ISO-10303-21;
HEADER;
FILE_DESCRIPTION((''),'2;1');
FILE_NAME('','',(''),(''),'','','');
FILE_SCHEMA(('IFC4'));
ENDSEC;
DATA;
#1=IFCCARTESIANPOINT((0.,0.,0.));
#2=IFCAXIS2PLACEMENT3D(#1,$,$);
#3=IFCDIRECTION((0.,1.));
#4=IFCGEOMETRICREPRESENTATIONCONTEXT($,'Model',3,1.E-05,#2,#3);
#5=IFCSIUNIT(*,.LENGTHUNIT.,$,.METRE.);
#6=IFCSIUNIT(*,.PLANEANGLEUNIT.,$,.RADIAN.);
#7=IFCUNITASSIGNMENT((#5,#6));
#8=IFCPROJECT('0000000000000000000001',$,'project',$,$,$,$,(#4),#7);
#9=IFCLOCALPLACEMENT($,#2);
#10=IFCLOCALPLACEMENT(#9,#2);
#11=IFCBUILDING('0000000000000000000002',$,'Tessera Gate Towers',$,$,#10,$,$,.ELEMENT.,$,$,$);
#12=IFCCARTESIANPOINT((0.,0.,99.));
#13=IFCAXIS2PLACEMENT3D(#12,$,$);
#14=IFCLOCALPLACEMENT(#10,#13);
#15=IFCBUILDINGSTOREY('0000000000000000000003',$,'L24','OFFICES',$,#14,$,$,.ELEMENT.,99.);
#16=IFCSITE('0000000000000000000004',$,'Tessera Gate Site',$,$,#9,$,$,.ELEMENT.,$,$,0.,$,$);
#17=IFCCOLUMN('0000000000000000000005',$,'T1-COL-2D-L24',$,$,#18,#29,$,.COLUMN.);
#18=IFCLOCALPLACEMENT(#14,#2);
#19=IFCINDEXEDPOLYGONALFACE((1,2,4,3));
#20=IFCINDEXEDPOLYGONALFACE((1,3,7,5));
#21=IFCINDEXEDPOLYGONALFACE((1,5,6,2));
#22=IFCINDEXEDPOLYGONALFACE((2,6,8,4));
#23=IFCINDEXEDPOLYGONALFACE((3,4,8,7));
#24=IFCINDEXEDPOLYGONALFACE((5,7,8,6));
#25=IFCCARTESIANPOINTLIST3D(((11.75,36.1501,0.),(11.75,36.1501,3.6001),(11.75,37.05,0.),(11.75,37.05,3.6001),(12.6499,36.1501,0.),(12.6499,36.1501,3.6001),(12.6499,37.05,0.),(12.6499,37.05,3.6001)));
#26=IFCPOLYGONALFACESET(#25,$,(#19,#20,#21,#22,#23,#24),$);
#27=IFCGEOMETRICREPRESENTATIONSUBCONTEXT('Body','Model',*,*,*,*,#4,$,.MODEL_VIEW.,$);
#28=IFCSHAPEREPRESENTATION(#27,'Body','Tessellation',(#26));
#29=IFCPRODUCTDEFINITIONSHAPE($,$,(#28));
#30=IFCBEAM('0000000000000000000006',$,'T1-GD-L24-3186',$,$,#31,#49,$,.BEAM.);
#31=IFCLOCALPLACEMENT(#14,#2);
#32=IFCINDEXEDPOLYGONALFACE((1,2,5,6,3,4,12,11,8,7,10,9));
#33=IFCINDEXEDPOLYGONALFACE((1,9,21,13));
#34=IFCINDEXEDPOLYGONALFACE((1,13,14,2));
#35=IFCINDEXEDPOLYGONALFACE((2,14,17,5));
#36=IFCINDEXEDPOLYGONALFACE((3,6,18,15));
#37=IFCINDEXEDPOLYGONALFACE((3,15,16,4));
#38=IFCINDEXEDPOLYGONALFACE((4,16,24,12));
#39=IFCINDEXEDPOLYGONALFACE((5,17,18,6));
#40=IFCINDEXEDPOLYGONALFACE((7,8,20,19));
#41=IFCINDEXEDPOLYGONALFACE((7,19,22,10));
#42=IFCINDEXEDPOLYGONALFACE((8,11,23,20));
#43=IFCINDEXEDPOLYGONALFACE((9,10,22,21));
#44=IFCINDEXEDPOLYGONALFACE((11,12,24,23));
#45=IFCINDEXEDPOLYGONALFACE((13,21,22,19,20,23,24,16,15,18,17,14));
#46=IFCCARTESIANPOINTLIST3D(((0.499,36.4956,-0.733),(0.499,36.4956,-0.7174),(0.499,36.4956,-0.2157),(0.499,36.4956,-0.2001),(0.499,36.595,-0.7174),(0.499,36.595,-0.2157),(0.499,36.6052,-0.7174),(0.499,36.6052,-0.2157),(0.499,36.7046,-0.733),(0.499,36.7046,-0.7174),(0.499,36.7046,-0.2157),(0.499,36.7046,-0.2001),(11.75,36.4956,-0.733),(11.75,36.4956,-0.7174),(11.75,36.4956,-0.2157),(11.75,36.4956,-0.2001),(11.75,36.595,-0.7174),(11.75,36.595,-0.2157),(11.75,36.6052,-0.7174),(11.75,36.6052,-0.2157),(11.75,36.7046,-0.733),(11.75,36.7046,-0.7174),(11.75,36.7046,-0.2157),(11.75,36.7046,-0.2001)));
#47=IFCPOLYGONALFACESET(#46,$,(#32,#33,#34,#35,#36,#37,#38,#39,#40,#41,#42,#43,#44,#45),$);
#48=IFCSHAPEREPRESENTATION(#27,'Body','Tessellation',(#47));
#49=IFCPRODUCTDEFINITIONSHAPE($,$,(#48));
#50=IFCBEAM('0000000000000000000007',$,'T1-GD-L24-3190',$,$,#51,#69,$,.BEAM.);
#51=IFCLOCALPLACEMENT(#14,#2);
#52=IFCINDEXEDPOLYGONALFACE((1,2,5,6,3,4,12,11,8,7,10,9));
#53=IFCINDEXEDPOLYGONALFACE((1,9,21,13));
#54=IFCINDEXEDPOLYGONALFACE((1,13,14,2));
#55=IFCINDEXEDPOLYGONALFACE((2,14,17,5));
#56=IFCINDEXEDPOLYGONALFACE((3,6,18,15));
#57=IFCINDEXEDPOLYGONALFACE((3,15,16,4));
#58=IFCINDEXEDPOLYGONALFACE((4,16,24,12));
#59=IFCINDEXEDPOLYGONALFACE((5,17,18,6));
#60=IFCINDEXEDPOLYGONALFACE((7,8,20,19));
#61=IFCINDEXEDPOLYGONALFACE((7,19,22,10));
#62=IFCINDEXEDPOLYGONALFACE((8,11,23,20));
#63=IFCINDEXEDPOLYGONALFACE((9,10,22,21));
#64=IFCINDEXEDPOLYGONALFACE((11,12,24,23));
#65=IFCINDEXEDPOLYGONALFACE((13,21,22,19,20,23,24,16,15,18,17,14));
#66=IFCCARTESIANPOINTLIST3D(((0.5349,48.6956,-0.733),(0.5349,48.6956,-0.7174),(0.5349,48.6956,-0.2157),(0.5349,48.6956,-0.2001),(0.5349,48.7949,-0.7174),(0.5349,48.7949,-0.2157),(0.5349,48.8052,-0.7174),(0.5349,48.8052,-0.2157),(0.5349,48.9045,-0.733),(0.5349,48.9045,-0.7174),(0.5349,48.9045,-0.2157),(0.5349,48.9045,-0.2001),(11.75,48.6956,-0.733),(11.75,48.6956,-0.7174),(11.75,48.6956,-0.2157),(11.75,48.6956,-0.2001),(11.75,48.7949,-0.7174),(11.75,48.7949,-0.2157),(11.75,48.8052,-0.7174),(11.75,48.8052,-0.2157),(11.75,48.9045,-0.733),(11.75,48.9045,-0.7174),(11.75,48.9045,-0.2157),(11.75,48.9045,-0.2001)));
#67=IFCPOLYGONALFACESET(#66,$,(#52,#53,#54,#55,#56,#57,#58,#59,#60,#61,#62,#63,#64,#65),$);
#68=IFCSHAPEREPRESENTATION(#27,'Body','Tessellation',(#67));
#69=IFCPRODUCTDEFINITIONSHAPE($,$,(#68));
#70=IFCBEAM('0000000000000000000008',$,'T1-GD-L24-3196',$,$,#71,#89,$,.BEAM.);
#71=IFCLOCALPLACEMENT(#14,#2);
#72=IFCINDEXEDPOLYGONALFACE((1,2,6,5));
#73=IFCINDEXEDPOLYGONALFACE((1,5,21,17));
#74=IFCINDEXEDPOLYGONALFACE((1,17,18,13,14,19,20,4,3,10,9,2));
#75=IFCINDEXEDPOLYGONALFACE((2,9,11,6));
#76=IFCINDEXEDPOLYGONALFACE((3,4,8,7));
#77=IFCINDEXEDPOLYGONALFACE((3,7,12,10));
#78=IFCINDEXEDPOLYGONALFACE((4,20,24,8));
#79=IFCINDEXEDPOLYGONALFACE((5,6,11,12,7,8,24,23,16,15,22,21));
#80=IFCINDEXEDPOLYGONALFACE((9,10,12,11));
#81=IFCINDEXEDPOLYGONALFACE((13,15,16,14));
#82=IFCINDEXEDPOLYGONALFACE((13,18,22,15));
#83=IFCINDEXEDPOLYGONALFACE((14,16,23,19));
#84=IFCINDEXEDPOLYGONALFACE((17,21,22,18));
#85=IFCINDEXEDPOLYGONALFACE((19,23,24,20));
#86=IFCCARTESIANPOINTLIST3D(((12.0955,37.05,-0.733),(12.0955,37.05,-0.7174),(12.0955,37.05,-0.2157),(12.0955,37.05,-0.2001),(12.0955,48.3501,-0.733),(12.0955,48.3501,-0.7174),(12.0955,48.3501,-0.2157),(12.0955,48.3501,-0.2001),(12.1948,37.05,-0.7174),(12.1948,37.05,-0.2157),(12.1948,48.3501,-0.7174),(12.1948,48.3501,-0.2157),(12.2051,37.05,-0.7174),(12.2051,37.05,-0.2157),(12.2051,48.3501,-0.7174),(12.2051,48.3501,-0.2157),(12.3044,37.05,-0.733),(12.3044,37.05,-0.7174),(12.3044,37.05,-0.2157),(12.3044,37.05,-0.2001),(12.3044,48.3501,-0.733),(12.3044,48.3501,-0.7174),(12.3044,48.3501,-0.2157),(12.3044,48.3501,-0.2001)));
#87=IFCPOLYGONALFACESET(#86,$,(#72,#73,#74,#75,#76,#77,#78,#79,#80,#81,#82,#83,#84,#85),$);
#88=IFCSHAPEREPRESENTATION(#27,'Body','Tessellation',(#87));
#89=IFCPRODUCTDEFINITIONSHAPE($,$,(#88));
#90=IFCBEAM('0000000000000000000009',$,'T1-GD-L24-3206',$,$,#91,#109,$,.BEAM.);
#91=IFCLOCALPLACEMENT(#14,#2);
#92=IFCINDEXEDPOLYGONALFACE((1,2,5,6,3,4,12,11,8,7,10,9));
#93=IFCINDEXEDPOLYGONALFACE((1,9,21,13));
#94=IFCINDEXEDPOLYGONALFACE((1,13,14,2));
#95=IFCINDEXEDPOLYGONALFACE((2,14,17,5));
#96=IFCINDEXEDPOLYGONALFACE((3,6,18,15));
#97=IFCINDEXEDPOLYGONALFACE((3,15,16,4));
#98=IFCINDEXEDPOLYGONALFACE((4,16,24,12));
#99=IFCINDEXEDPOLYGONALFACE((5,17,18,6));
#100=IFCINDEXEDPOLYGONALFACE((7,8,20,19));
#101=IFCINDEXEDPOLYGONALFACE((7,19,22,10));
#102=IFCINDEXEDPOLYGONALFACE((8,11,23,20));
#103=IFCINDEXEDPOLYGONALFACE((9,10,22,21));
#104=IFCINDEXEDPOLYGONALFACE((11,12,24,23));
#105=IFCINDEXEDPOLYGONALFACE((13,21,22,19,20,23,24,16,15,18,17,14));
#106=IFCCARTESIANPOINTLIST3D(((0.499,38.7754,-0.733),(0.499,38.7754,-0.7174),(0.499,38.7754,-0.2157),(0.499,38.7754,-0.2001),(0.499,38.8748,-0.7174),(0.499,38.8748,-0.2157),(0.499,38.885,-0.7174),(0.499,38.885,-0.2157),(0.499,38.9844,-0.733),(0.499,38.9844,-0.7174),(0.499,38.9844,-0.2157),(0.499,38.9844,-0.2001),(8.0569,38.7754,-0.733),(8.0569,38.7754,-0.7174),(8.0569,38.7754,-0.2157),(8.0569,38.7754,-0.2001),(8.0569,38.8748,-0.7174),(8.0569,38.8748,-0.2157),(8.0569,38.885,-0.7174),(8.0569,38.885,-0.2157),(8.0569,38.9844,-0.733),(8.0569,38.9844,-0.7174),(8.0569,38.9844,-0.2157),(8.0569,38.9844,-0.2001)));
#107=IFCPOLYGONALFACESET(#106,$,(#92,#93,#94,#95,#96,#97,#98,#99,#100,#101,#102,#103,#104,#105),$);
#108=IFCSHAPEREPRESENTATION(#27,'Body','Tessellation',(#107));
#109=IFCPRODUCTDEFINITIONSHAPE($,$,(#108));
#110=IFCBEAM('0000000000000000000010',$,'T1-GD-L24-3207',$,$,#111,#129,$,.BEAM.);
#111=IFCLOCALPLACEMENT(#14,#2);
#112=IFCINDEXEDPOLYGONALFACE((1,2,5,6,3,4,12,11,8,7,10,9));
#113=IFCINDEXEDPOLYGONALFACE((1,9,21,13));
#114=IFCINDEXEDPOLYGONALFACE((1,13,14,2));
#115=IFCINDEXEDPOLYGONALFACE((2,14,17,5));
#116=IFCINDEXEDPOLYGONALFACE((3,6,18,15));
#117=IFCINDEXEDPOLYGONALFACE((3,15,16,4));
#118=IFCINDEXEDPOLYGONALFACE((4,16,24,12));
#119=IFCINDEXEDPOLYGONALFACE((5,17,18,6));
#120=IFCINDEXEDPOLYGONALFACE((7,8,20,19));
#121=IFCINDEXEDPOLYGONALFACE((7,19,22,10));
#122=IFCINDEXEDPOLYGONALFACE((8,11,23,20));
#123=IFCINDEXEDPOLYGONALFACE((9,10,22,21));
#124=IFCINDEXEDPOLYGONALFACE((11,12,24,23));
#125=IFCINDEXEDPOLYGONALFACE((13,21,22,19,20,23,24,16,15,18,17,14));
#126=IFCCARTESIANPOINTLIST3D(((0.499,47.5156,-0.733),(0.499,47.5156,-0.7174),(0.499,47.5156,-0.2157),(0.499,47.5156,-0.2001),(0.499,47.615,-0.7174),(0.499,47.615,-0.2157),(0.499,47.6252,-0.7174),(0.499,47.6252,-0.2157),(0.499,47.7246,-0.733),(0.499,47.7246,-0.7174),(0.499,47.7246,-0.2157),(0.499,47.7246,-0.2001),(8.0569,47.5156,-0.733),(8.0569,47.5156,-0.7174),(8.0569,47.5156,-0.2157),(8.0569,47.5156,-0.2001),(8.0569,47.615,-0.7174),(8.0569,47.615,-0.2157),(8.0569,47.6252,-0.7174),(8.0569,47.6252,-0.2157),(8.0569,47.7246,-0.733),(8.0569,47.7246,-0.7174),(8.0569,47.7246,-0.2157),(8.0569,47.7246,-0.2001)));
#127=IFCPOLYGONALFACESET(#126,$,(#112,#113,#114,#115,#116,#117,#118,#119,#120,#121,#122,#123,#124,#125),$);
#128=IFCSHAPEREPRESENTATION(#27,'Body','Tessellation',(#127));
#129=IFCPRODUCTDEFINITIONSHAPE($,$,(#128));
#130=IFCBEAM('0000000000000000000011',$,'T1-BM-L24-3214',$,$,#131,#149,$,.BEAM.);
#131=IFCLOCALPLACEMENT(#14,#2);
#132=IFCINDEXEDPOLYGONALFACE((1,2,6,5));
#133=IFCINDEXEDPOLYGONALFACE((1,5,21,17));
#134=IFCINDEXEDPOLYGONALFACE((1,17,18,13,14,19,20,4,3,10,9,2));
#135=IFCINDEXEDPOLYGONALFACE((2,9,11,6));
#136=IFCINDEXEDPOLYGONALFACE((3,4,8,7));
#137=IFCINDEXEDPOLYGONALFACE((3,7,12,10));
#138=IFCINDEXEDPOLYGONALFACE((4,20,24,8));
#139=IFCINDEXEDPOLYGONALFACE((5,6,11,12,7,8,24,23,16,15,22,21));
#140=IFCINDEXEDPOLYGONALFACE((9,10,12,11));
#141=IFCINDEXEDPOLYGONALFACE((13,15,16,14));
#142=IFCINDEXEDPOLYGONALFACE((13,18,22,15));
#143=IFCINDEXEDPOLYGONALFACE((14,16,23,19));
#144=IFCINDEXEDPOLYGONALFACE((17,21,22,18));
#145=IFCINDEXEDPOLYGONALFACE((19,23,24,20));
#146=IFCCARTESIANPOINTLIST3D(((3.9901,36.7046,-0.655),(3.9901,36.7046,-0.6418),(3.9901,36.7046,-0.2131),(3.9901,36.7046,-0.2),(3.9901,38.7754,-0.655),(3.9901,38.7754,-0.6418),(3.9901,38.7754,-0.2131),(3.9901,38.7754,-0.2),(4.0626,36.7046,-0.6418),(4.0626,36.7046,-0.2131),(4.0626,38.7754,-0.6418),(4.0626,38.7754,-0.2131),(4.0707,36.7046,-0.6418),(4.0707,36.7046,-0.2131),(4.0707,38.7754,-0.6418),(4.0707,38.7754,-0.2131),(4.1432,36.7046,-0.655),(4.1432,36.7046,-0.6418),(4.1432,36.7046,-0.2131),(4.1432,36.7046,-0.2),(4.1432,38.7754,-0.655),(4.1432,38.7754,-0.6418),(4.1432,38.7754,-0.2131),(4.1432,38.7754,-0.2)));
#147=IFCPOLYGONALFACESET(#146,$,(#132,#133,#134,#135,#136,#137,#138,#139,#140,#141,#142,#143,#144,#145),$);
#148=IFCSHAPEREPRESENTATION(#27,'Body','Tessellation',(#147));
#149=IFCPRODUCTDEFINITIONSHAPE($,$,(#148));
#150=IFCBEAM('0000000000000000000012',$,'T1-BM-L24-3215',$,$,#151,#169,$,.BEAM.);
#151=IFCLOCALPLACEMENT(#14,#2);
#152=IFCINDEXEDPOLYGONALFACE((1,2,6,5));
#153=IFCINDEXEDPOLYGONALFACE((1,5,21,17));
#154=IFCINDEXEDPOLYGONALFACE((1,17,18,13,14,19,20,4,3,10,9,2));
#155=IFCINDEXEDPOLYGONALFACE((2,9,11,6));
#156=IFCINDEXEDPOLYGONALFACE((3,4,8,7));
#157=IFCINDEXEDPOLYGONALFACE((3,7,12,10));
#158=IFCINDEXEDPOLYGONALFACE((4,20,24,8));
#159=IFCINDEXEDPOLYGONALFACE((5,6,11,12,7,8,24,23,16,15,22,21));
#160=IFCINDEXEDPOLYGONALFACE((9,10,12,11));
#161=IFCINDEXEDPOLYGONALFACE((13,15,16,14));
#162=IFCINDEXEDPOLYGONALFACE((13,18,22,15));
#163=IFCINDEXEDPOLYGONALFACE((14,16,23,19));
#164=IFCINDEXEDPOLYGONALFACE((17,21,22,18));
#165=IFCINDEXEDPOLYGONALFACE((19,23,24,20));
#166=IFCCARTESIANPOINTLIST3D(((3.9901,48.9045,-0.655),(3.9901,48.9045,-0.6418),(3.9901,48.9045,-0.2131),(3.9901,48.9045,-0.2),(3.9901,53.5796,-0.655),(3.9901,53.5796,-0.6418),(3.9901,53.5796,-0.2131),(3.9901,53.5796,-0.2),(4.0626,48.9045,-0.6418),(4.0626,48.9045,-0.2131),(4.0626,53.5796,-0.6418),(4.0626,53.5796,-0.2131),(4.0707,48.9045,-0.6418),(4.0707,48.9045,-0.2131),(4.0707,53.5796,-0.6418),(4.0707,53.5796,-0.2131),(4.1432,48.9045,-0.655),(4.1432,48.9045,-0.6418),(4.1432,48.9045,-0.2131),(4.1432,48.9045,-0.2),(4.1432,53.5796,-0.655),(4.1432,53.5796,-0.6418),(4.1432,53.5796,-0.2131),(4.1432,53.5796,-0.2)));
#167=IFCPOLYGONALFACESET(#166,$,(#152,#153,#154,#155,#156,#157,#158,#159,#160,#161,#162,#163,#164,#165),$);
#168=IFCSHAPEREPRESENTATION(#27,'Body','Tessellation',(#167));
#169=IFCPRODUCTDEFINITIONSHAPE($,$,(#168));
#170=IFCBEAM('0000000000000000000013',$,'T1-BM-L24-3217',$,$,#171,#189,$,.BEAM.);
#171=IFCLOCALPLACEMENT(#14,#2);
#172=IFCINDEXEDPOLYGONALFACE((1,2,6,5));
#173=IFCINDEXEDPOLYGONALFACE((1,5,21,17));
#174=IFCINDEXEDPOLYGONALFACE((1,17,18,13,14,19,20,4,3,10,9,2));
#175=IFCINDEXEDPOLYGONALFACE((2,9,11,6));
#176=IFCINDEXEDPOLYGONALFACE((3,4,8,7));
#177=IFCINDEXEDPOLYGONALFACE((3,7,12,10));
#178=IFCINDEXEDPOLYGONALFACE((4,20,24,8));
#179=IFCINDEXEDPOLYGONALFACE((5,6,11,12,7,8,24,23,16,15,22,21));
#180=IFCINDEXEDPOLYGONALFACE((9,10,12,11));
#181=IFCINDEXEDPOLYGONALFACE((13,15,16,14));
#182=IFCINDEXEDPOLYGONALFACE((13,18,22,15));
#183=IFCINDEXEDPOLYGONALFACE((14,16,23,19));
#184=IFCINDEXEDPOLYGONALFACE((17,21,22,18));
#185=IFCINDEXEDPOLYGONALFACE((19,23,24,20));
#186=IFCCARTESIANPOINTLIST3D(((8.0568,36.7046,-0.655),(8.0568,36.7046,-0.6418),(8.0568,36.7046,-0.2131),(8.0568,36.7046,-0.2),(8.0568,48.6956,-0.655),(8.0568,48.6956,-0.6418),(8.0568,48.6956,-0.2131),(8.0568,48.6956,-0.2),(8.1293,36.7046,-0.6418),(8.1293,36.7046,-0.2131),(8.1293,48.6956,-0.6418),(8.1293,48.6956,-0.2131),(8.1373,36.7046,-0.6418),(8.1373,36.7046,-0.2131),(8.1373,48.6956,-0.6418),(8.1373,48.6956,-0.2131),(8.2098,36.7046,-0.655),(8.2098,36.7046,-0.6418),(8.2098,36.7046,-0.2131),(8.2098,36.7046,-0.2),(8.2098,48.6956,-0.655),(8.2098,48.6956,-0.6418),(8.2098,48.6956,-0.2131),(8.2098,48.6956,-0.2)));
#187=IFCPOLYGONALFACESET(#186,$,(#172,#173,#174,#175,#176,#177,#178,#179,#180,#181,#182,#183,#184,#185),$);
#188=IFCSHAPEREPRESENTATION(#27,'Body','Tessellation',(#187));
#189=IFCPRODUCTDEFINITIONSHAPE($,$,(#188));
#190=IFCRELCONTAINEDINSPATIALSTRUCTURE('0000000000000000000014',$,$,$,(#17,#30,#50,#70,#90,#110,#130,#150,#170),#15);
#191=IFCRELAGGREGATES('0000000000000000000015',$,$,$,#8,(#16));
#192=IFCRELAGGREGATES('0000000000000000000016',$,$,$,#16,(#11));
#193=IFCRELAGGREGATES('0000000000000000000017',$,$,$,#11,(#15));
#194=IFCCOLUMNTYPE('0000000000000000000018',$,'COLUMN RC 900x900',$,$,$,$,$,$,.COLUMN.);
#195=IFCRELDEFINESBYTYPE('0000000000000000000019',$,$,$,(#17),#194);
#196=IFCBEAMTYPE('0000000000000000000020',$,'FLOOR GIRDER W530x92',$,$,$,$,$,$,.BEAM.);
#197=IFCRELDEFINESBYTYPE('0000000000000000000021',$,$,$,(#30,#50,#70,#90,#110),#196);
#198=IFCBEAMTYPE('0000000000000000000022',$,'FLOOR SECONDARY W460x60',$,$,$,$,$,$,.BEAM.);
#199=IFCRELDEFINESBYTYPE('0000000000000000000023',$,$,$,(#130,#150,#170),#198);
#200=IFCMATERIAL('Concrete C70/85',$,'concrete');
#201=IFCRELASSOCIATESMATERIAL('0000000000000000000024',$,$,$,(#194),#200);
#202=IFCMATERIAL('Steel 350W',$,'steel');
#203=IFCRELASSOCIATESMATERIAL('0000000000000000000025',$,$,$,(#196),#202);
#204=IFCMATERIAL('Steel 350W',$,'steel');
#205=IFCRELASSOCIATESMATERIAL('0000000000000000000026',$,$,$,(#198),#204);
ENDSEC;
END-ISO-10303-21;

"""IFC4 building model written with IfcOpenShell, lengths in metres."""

from ifc_helpers import new_model, si_unit, direction, frame, origin, origin_2d, place, context, subcontext, project, spatial, rectangle, i_section, extrude, material, material_profile, profile_set, type_object, element, save


model = new_model("IFC4")

# Units and contexts
model_context = context("Model", 3, precision=1e-05, world=origin(), true_north=direction((0.0, 1.0)))
body_context = subcontext(model_context, "Body", "Model", "MODEL_VIEW")
ifc_project = project(units=[si_unit("LENGTHUNIT", "METRE"), si_unit("PLANEANGLEUNIT", "RADIAN")], contexts=[model_context])

# Site, building, storey
site_placement = place(None, origin())
site = spatial("IfcSite", under=ifc_project, at=site_placement, Name="Tessera Gate Site", CompositionType="ELEMENT", RefElevation=0.0)
building_placement = place(site_placement, origin())
building = spatial("IfcBuilding", under=site, at=building_placement, Name="Tessera Gate Towers", CompositionType="ELEMENT")
storey_placement = place(building_placement, frame((0.0, 0.0, 99.0)))
storey = spatial("IfcBuildingStorey", under=building, at=storey_placement, Name="L24", Description="OFFICES", CompositionType="ELEMENT", Elevation=99.0)

# Column
ifc_material_1 = material(Name="Concrete C70/85", Category="concrete")
ifc_material_profile_1 = material_profile(ifc_material_1, rectangle(XDim=0.8999, YDim=0.8999, at=origin_2d()), Name="RC 900x900")
ifc_profile_set_1 = profile_set([ifc_material_profile_1], Name="Concrete C70/85")
column_type = type_object("IfcColumnType", Name="COLUMN RC 900x900", PredefinedType="COLUMN", material=ifc_profile_set_1)
column_placement = place(storey_placement, frame((12.2, 36.6001, 0.0), z_axis=(0.0, 0.0, 1.0), x_axis=(1.0, 0.0, 0.0)))
element("IfcColumn", 1, at=column_placement, inside=storey, type_object=column_type, Name="T1-COL-2D-L24", PredefinedType="COLUMN", context=body_context, shape_type="SweptSolid", body=[
    extrude(rectangle(XDim=0.8999, YDim=0.8999, at=origin_2d()), origin(), (0.0, 0.0, 1.0), 3.6001),
])

# Beams
ifc_material_2 = material(Name="Steel 350W", Category="steel")
ifc_material_profile_2 = material_profile(ifc_material_2, i_section(OverallWidth=0.209, OverallDepth=0.533, WebThickness=0.0103, FlangeThickness=0.0156, at=origin_2d()), Name="W530x92")
ifc_profile_set_2 = profile_set([ifc_material_profile_2], Name="Steel 350W")
beam_type_1 = type_object("IfcBeamType", Name="FLOOR GIRDER W530x92", PredefinedType="BEAM", material=ifc_profile_set_2)
beam_1_placement = place(storey_placement, frame((0.499, 36.6001, -0.4666), z_axis=(1.0, 0.0, 0.0), x_axis=(0.0, 1.0, 0.0)))
element("IfcBeam", 2, at=beam_1_placement, inside=storey, type_object=beam_type_1, Name="T1-GD-L24-3186", PredefinedType="BEAM", context=body_context, shape_type="SweptSolid", body=[
    extrude(i_section(OverallWidth=0.209, OverallDepth=0.533, WebThickness=0.0103, FlangeThickness=0.0156, at=origin_2d()), origin(), (0.0, 0.0, 1.0), 11.251),
])
beam_2_placement = place(storey_placement, frame((0.5349, 48.8, -0.4666), z_axis=(1.0, 0.0, 0.0), x_axis=(0.0, 1.0, 0.0)))
element("IfcBeam", 3, at=beam_2_placement, inside=storey, type_object=beam_type_1, Name="T1-GD-L24-3190", PredefinedType="BEAM", context=body_context, shape_type="SweptSolid", body=[
    extrude(i_section(OverallWidth=0.209, OverallDepth=0.533, WebThickness=0.0103, FlangeThickness=0.0156, at=origin_2d()), origin(), (0.0, 0.0, 1.0), 11.2151),
])
beam_3_placement = place(storey_placement, frame((12.2, 37.05, -0.4666), z_axis=(0.0, 1.0, 0.0), x_axis=(-1.0, 0.0, 0.0)))
element("IfcBeam", 4, at=beam_3_placement, inside=storey, type_object=beam_type_1, Name="T1-GD-L24-3196", PredefinedType="BEAM", context=body_context, shape_type="SweptSolid", body=[
    extrude(i_section(OverallWidth=0.209, OverallDepth=0.533, WebThickness=0.0103, FlangeThickness=0.0156, at=origin_2d()), origin(), (0.0, 0.0, 1.0), 11.3),
])
for number, where, z_axis, x_axis, name in (
    (5, (0.499, 38.8799, -0.4666), (1.0, 0.0, 0.0), (0.0, 1.0, 0.0), "T1-GD-L24-3206"),
    (6, (0.499, 47.6201, -0.4666), (1.0, 0.0, 0.0), (0.0, 1.0, 0.0), "T1-GD-L24-3207"),
):
    element("IfcBeam", number, at=place(storey_placement, frame(where, z_axis=z_axis, x_axis=x_axis)), inside=storey, type_object=beam_type_1, Name=name, PredefinedType="BEAM", context=body_context, shape_type="SweptSolid", body=[
        extrude(i_section(OverallWidth=0.209, OverallDepth=0.533, WebThickness=0.0103, FlangeThickness=0.0156, at=origin_2d()), origin(), (0.0, 0.0, 1.0), 7.5579),
    ])
ifc_material_3 = material(Name="Steel 350W", Category="steel")
ifc_material_profile_3 = material_profile(ifc_material_3, i_section(OverallWidth=0.1531, OverallDepth=0.4551, WebThickness=0.0081, FlangeThickness=0.0132, at=origin_2d()), Name="W460x60")
ifc_profile_set_3 = profile_set([ifc_material_profile_3], Name="Steel 350W")
beam_type_2 = type_object("IfcBeamType", Name="FLOOR SECONDARY W460x60", PredefinedType="BEAM", material=ifc_profile_set_3)
beam_4_placement = place(storey_placement, frame((4.0667, 36.7046, -0.4275), z_axis=(0.0, 1.0, 0.0), x_axis=(-1.0, 0.0, 0.0)))
element("IfcBeam", 7, at=beam_4_placement, inside=storey, type_object=beam_type_2, Name="T1-BM-L24-3214", PredefinedType="BEAM", context=body_context, shape_type="SweptSolid", body=[
    extrude(i_section(OverallWidth=0.1531, OverallDepth=0.4551, WebThickness=0.0081, FlangeThickness=0.0132, at=origin_2d()), origin(), (0.0, 0.0, 1.0), 2.0708),
])
beam_5_placement = place(storey_placement, frame((4.0667, 48.9045, -0.4275), z_axis=(0.0, 1.0, 0.0), x_axis=(-1.0, 0.0, 0.0)))
element("IfcBeam", 8, at=beam_5_placement, inside=storey, type_object=beam_type_2, Name="T1-BM-L24-3215", PredefinedType="BEAM", context=body_context, shape_type="SweptSolid", body=[
    extrude(i_section(OverallWidth=0.1531, OverallDepth=0.4551, WebThickness=0.0081, FlangeThickness=0.0132, at=origin_2d()), origin(), (0.0, 0.0, 1.0), 4.675),
])
beam_6_placement = place(storey_placement, frame((8.1333, 36.7046, -0.4275), z_axis=(0.0, 1.0, 0.0), x_axis=(-1.0, 0.0, 0.0)))
element("IfcBeam", 9, at=beam_6_placement, inside=storey, type_object=beam_type_2, Name="T1-BM-L24-3217", PredefinedType="BEAM", context=body_context, shape_type="SweptSolid", body=[
    extrude(i_section(OverallWidth=0.1531, OverallDepth=0.4551, WebThickness=0.0081, FlangeThickness=0.0132, at=origin_2d()), origin(), (0.0, 0.0, 1.0), 11.991),
])

save(model, "model.ifc")
